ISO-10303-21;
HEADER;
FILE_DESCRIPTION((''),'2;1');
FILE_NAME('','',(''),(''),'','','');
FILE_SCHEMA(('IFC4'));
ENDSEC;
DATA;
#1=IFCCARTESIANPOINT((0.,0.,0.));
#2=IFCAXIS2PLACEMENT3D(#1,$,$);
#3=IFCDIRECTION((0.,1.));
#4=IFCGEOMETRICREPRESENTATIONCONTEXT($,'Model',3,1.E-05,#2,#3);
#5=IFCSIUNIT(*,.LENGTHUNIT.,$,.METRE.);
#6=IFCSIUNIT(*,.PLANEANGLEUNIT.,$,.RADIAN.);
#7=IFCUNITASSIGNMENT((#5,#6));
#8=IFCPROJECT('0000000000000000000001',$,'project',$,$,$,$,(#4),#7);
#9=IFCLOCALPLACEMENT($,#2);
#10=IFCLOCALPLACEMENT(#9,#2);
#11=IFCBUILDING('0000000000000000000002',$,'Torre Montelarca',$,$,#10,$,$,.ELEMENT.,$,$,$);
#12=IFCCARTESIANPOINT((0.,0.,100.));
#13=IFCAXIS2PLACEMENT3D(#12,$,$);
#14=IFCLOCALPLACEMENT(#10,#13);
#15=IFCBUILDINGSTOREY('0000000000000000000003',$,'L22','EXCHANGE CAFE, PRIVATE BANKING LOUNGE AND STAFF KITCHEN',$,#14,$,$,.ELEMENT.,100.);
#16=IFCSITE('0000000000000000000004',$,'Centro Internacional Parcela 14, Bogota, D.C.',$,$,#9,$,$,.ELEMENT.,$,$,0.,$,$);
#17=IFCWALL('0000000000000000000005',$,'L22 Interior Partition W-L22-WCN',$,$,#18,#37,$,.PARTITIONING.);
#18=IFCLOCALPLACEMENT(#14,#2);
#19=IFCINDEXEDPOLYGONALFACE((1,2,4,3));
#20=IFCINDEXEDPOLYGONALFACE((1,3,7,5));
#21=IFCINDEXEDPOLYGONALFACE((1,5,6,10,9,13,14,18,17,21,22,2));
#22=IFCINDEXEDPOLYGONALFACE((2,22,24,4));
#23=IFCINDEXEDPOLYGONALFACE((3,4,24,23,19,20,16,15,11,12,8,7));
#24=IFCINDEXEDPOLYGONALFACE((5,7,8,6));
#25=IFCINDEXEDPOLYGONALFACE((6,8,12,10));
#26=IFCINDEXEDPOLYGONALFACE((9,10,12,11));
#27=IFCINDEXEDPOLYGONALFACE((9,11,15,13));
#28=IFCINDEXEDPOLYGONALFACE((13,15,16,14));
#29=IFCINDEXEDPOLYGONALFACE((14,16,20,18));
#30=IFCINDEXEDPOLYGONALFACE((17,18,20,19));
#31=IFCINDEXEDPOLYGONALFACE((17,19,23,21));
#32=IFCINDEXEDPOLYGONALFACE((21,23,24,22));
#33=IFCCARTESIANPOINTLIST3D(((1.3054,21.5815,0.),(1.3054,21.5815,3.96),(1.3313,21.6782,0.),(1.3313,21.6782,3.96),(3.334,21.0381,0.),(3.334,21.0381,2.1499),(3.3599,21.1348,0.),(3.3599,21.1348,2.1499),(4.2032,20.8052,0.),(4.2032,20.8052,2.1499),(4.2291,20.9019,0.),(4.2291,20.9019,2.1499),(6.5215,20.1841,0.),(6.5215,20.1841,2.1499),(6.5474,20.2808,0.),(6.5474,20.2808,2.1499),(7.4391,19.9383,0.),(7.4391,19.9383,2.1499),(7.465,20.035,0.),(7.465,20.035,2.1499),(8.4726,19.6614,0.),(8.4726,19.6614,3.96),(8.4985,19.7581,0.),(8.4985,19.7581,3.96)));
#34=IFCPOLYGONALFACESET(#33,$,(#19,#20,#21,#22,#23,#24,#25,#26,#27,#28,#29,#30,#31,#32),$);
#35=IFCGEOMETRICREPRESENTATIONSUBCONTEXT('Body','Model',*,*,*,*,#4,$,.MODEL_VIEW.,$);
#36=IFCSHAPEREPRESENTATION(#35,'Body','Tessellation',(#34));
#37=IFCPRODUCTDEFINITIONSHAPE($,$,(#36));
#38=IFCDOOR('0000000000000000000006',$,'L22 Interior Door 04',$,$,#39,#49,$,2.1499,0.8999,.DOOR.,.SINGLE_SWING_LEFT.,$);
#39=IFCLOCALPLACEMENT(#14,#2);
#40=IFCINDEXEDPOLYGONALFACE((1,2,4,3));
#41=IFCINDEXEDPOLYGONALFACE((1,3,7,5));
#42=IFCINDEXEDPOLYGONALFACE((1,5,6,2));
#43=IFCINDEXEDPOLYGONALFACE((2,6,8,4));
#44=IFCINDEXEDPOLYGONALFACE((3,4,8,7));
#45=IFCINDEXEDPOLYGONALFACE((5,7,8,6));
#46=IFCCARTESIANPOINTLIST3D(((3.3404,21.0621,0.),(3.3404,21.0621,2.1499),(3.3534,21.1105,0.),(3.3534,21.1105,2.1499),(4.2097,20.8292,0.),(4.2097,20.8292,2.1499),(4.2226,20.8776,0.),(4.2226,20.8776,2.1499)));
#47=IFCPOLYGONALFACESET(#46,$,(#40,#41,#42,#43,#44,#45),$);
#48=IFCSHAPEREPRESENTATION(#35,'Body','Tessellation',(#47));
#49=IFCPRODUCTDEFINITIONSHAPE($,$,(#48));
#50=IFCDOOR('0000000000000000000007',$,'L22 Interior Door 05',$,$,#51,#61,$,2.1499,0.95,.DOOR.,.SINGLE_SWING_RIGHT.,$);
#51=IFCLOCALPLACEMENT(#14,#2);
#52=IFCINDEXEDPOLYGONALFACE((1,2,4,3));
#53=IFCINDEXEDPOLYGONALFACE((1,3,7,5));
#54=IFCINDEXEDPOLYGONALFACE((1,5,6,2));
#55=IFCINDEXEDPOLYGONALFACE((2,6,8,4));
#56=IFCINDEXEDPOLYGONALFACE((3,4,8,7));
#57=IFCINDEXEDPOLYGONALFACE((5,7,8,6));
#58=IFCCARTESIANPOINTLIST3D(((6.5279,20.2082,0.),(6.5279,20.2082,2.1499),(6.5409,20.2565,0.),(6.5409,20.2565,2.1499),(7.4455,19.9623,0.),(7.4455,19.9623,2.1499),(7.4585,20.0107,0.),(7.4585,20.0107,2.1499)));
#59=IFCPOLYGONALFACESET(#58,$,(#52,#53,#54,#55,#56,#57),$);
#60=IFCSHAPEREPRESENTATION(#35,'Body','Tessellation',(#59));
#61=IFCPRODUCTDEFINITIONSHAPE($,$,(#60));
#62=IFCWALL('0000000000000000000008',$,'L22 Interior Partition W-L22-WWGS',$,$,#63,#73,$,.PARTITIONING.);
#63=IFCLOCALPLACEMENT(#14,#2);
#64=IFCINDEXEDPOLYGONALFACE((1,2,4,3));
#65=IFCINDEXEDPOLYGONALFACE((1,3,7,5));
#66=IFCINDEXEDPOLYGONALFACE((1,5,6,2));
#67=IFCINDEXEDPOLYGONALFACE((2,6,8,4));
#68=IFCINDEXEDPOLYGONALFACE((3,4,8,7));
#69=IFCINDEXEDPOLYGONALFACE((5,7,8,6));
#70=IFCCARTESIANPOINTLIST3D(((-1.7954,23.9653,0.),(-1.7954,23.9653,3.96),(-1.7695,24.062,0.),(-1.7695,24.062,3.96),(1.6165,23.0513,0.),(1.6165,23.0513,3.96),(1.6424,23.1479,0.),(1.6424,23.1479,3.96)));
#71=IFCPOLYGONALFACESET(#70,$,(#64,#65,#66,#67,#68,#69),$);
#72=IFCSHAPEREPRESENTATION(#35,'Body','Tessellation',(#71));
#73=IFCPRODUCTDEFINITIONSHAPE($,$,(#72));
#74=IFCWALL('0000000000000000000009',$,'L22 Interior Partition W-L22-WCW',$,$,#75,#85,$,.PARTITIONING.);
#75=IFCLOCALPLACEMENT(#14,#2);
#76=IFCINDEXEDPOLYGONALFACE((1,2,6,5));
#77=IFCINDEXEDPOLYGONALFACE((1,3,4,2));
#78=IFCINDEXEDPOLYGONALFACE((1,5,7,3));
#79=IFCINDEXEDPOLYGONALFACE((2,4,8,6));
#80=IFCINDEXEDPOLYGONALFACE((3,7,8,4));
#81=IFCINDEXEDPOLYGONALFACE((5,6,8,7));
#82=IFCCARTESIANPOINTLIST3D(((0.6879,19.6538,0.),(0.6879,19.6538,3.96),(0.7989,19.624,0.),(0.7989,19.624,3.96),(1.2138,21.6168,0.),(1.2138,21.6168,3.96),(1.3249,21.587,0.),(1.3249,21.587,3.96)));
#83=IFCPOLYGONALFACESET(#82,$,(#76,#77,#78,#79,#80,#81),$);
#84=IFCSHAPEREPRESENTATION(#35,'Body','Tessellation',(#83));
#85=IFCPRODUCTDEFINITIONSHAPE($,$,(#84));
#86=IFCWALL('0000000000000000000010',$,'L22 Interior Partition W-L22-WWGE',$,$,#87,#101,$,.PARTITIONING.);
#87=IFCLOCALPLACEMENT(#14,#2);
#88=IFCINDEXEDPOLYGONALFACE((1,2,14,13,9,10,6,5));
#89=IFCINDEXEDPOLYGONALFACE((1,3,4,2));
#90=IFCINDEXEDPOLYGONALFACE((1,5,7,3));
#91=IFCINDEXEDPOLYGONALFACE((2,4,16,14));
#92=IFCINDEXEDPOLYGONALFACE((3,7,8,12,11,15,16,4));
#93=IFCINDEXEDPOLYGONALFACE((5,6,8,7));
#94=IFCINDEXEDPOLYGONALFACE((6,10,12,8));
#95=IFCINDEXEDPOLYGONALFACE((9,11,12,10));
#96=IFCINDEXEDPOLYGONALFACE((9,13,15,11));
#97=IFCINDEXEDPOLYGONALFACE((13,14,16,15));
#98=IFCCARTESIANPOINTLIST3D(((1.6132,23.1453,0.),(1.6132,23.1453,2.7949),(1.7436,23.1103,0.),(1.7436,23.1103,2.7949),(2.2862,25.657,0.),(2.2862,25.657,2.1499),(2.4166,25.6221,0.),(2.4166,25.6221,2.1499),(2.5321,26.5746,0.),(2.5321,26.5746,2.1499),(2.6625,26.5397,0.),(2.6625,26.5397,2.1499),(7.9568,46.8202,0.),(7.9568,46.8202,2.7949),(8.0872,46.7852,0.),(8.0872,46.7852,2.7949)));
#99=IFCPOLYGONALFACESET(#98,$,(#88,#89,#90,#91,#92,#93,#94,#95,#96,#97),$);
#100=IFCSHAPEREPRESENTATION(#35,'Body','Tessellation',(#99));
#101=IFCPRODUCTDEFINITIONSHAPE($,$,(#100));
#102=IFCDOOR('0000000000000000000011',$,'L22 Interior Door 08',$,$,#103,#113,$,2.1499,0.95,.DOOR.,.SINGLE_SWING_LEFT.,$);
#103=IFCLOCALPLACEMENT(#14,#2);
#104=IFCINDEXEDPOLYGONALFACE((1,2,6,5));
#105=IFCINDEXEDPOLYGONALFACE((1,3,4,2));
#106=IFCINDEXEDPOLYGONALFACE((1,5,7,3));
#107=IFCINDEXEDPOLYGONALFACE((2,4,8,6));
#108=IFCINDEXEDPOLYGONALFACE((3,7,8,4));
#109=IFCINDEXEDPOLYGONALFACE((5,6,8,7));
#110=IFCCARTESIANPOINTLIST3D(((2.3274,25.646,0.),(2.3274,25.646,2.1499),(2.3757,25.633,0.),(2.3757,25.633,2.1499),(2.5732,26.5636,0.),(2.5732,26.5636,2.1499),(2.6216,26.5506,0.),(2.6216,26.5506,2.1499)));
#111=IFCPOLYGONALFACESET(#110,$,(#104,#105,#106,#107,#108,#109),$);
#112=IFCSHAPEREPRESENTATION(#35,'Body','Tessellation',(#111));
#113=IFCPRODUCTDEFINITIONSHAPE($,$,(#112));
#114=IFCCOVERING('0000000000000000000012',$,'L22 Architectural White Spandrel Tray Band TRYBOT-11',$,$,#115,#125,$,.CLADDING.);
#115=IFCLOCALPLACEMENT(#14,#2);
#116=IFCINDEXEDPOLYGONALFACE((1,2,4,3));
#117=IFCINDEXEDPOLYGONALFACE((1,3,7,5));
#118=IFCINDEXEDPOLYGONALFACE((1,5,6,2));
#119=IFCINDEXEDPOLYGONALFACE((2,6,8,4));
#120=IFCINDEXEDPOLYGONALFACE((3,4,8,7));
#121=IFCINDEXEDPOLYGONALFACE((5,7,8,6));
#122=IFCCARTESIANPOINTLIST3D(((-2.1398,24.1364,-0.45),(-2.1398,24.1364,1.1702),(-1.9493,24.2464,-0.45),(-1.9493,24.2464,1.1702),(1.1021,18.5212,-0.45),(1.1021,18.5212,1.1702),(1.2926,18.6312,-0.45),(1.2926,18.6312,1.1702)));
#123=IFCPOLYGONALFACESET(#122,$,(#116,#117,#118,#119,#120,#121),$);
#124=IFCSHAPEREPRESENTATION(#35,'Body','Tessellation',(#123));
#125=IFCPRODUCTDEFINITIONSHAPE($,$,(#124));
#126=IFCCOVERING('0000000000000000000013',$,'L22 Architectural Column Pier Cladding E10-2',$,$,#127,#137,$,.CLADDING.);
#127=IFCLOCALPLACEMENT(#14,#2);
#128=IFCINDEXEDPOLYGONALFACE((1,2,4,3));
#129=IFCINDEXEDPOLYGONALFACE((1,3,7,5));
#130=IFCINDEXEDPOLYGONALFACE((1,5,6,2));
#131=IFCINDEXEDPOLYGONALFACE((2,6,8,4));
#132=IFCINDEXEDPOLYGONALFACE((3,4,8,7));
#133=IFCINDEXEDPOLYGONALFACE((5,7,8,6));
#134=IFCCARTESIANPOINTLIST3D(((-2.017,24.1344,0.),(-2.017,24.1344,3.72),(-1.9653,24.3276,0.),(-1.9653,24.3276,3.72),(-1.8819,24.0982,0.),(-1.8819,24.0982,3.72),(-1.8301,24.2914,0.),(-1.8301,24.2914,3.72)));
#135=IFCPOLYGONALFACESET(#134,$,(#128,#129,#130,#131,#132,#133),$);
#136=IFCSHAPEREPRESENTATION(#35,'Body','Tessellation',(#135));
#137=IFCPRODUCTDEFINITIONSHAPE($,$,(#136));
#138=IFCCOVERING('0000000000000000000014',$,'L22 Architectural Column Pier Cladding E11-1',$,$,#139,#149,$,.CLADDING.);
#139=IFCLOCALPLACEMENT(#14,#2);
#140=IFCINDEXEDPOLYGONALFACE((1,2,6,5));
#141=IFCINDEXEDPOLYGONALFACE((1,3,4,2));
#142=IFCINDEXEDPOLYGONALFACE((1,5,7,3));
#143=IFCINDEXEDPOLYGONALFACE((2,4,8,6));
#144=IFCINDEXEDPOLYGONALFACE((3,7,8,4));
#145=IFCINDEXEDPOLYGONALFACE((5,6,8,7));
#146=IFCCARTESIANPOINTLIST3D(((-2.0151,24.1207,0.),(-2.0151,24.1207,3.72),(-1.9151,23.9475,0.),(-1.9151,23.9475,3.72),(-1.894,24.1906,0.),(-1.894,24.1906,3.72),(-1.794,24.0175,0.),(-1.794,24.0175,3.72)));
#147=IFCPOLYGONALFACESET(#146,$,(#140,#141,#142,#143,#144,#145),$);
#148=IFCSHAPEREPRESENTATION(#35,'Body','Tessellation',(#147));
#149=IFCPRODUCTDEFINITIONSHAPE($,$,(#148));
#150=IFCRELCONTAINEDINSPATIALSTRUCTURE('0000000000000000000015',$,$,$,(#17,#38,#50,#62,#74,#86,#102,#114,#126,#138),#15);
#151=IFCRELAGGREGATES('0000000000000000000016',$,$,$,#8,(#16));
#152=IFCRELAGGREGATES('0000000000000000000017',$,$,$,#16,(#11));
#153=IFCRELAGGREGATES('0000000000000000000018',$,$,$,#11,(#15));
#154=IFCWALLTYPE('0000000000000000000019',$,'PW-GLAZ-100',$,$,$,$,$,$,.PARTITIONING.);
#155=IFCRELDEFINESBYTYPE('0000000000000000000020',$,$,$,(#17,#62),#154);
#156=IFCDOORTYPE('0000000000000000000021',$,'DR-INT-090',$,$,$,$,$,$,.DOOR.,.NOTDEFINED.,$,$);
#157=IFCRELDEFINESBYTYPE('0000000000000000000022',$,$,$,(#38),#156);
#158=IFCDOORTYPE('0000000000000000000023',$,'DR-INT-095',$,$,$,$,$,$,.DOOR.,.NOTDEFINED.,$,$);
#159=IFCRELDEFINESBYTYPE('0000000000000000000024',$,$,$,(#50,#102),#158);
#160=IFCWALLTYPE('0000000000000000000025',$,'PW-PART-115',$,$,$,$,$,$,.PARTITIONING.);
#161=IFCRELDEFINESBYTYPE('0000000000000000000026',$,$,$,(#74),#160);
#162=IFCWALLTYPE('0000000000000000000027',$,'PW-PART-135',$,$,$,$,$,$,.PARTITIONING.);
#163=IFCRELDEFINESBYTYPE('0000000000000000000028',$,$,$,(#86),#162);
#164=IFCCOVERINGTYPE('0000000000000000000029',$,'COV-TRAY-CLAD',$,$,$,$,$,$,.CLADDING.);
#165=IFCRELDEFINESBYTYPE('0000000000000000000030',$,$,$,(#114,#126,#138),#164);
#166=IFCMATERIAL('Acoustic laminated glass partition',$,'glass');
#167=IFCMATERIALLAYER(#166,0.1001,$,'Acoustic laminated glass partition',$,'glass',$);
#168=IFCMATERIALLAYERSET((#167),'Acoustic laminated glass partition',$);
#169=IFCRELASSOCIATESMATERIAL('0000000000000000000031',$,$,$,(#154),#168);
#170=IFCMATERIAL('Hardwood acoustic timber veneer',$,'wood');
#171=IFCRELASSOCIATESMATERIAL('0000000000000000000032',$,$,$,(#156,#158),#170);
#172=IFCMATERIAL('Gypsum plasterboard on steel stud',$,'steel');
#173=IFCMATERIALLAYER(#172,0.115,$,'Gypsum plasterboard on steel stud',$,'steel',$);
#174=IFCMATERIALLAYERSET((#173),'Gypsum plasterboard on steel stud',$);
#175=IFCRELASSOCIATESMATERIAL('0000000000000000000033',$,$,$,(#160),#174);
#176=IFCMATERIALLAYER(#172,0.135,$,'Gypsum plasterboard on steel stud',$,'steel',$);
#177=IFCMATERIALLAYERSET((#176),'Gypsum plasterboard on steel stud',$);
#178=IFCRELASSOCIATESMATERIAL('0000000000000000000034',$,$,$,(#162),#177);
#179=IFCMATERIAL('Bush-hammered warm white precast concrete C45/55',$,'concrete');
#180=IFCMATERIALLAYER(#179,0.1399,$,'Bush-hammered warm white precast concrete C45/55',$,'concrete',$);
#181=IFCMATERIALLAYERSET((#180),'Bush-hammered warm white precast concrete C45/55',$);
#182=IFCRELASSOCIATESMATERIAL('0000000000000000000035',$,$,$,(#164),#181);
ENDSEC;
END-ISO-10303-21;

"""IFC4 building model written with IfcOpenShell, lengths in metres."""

from ifc_helpers import new_model, si_unit, direction, frame, frame_2d, origin, origin_2d, place, context, subcontext, project, spatial, rectangle, extrude, source, transform, mapped, material, layer, layer_set, type_object, element, fill, save


model = new_model("IFC4")

# Units and contexts
model_context = context("Model", 3, precision=1e-05, world=origin(), true_north=direction((0.0, 1.0)))
body_context = subcontext(model_context, "Body", "Model", "MODEL_VIEW")
ifc_project = project(units=[si_unit("LENGTHUNIT", "METRE"), si_unit("PLANEANGLEUNIT", "RADIAN")], contexts=[model_context])

# Site, building, storey
site_placement = place(None, origin())
site = spatial("IfcSite", under=ifc_project, at=site_placement, Name="Centro Internacional Parcela 14, Bogota, D.C.", CompositionType="ELEMENT", RefElevation=0.0)
building_placement = place(site_placement, origin())
building = spatial("IfcBuilding", under=site, at=building_placement, Name="Torre Montelarca", CompositionType="ELEMENT")
storey_placement = place(building_placement, frame((0.0, 0.0, 100.0)))
storey = spatial("IfcBuildingStorey", under=building, at=storey_placement, Name="L22", Description="EXCHANGE CAFE, PRIVATE BANKING LOUNGE AND STAFF KITCHEN", CompositionType="ELEMENT", Elevation=100.0)

# Shared definitions
ifc_material_1 = material(Name="Gypsum plasterboard on steel stud", Category="steel")

# Wall, openings, doors
ifc_material_2 = material(Name="Acoustic laminated glass partition", Category="glass")
ifc_layer_1 = layer(ifc_material_2, 0.1001, Name="Acoustic laminated glass partition", Category="glass")
ifc_layer_set_1 = layer_set([ifc_layer_1], Name="Acoustic laminated glass partition")
wall_type_1 = type_object("IfcWallType", Name="PW-GLAZ-100", PredefinedType="PARTITIONING", material=ifc_layer_set_1)
wall_1_placement = place(storey_placement, frame((1.3184, 21.6299, 0.0), z_axis=(0.0, 0.0, 1.0), x_axis=(0.965936, -0.258783, 0.0)))
wall_1 = element("IfcWall", 1, at=wall_1_placement, inside=storey, type_object=wall_type_1, Name="L22 Interior Partition W-L22-WCN", PredefinedType="PARTITIONING", context=body_context, shape_type="SweptSolid", body=[
    extrude(rectangle(XDim=7.4199, YDim=0.1001, at=frame_2d((3.71, 0.0))), origin(), (0.0, 0.0, 1.0), 3.96),
])
opening_1_placement = place(wall_1_placement, frame((2.1001, 0.0, 0.0)))
opening_1 = element("IfcOpeningElement", 2, at=opening_1_placement, cuts=wall_1, PredefinedType="OPENING", context=body_context, shape_type="SweptSolid", body=[
    extrude(rectangle(XDim=0.8999, YDim=2.1499, at=frame_2d((0.45, 1.075))), frame((0.0, 0.0601, 0.0), z_axis=(0.0, -1.0, 0.0), x_axis=(1.0, 0.0, 0.0)), (0.0, 0.0, 1.0), 0.1201),
])
opening_2_placement = place(wall_1_placement, frame((5.3999, 0.0, 0.0)))
opening_2 = element("IfcOpeningElement", 3, at=opening_2_placement, cuts=wall_1, PredefinedType="OPENING", context=body_context, shape_type="SweptSolid", body=[
    extrude(rectangle(XDim=0.95, YDim=2.1499, at=frame_2d((0.4751, 1.075))), frame((0.0, 0.0601, 0.0), z_axis=(0.0, -1.0, 0.0), x_axis=(1.0, 0.0, 0.0)), (0.0, 0.0, 1.0), 0.1201),
])
ifc_material_3 = material(Name="Hardwood acoustic timber veneer", Category="wood")
door_type_1 = type_object("IfcDoorType", Name="DR-INT-090", OperationType="NOTDEFINED", PredefinedType="DOOR", material=ifc_material_3)
shared_shape_1 = source(origin(), body_context, "Body", "SweptSolid", [
    extrude(rectangle(XDim=0.8999, YDim=2.1499, at=frame_2d((0.45, 1.075))), frame((0.0, 0.0249, 0.0), z_axis=(0.0, -1.0, 0.0), x_axis=(1.0, 0.0, 0.0)), (0.0, 0.0, 1.0), 0.05),
])
door_1_placement = place(opening_1_placement, origin())
door_1 = element("IfcDoor", 4, at=door_1_placement, inside=storey, type_object=door_type_1, Name="L22 Interior Door 04", OperationType="SINGLE_SWING_LEFT", OverallHeight=2.1499, OverallWidth=0.8999, PredefinedType="DOOR", context=body_context, shape_type="MappedRepresentation", body=[
    mapped(shared_shape_1, transform((0.0, 0.0, 0.0), scale=1.0)),
])
fill(opening_1, door_1)
door_type_2 = type_object("IfcDoorType", Name="DR-INT-095", OperationType="NOTDEFINED", PredefinedType="DOOR", material=ifc_material_3)
shared_shape_2 = source(origin(), body_context, "Body", "SweptSolid", [
    extrude(rectangle(XDim=0.95, YDim=2.1499, at=frame_2d((0.4751, 1.075))), frame((0.0, 0.0249, 0.0), z_axis=(0.0, -1.0, 0.0), x_axis=(1.0, 0.0, 0.0)), (0.0, 0.0, 1.0), 0.05),
])
door_2_placement = place(opening_2_placement, origin())
door_2 = element("IfcDoor", 5, at=door_2_placement, inside=storey, type_object=door_type_2, Name="L22 Interior Door 05", OperationType="SINGLE_SWING_RIGHT", OverallHeight=2.1499, OverallWidth=0.95, PredefinedType="DOOR", context=body_context, shape_type="MappedRepresentation", body=[
    mapped(shared_shape_2, transform((0.0, 0.0, 0.0), scale=1.0)),
])
fill(opening_2, door_2)

# Walls
wall_2_placement = place(storey_placement, frame((-1.7825, 24.0137, 0.0), z_axis=(0.0, 0.0, 1.0), x_axis=(0.965936, -0.258781, 0.0)))
element("IfcWall", 6, at=wall_2_placement, inside=storey, type_object=wall_type_1, Name="L22 Interior Partition W-L22-WWGS", PredefinedType="PARTITIONING", context=body_context, shape_type="SweptSolid", body=[
    extrude(rectangle(XDim=3.5322, YDim=0.1001, at=frame_2d((1.7661, 0.0))), origin(), (0.0, 0.0, 1.0), 3.96),
])
ifc_layer_2 = layer(ifc_material_1, 0.115, Name="Gypsum plasterboard on steel stud", Category="steel")
ifc_layer_set_2 = layer_set([ifc_layer_2], Name="Gypsum plasterboard on steel stud")
wall_type_2 = type_object("IfcWallType", Name="PW-PART-115", PredefinedType="PARTITIONING", material=ifc_layer_set_2)
wall_3_placement = place(storey_placement, frame((0.7434, 19.6389, 0.0), z_axis=(0.0, 0.0, 1.0), x_axis=(0.258784, 0.965935, 0.0)))
element("IfcWall", 7, at=wall_3_placement, inside=storey, type_object=wall_type_2, Name="L22 Interior Partition W-L22-WCW", PredefinedType="PARTITIONING", context=body_context, shape_type="SweptSolid", body=[
    extrude(rectangle(XDim=2.0322, YDim=0.115, at=frame_2d((1.0161, 0.0))), origin(), (0.0, 0.0, 1.0), 3.96),
])

# Wall, opening, door
ifc_layer_3 = layer(ifc_material_1, 0.135, Name="Gypsum plasterboard on steel stud", Category="steel")
ifc_layer_set_3 = layer_set([ifc_layer_3], Name="Gypsum plasterboard on steel stud")
wall_type_3 = type_object("IfcWallType", Name="PW-PART-135", PredefinedType="PARTITIONING", material=ifc_layer_set_3)
wall_4_placement = place(storey_placement, frame((1.6785, 23.1279, 0.0), z_axis=(0.0, 0.0, 1.0), x_axis=(0.258814, 0.965927, 0.0)))
wall_4 = element("IfcWall", 8, at=wall_4_placement, inside=storey, type_object=wall_type_3, Name="L22 Interior Partition W-L22-WWGE", PredefinedType="PARTITIONING", context=body_context, shape_type="SweptSolid", body=[
    extrude(rectangle(XDim=24.51, YDim=0.135, at=frame_2d((12.2549, 0.0))), origin(), (0.0, 0.0, 1.0), 2.7949),
])
opening_3_placement = place(wall_4_placement, frame((2.6001, 0.0, 0.0)))
opening_3 = element("IfcOpeningElement", 9, at=opening_3_placement, cuts=wall_4, PredefinedType="OPENING", context=body_context, shape_type="SweptSolid", body=[
    extrude(rectangle(XDim=0.95, YDim=2.1499, at=frame_2d((0.4751, 1.075))), frame((0.0, 0.0776, 0.0), z_axis=(0.0, -1.0, 0.0), x_axis=(1.0, 0.0, 0.0)), (0.0, 0.0, 1.0), 0.155),
])
door_3_placement = place(opening_3_placement, origin())
door_3 = element("IfcDoor", 10, at=door_3_placement, inside=storey, type_object=door_type_2, Name="L22 Interior Door 08", OperationType="SINGLE_SWING_LEFT", OverallHeight=2.1499, OverallWidth=0.95, PredefinedType="DOOR", context=body_context, shape_type="MappedRepresentation", body=[
    mapped(shared_shape_2, transform((0.0, 0.0, 0.0), scale=1.0)),
])
fill(opening_3, door_3)

# Coverings
ifc_material_4 = material(Name="Bush-hammered warm white precast concrete C45/55", Category="concrete")
ifc_layer_4 = layer(ifc_material_4, 0.1399, Name="Bush-hammered warm white precast concrete C45/55", Category="concrete")
ifc_layer_set_4 = layer_set([ifc_layer_4], Name="Bush-hammered warm white precast concrete C45/55")
covering_type = type_object("IfcCoveringType", Name="COV-TRAY-CLAD", PredefinedType="CLADDING", material=ifc_layer_set_4)
shared_shape_3 = source(origin(), body_context, "Body", "SweptSolid", [
    extrude(rectangle(XDim=6.4839, YDim=0.22, at=origin_2d()), origin(), (0.0, 0.0, 1.0), 1.6201),
])
covering_placement = place(storey_placement, frame((-0.4236, 21.3838, -0.45), z_axis=(0.0, 0.0, 1.0), x_axis=(0.499998, -0.866026, 0.0)))
element("IfcCovering", 11, at=covering_placement, inside=storey, type_object=covering_type, Name="L22 Architectural White Spandrel Tray Band TRYBOT-11", PredefinedType="CLADDING", context=body_context, shape_type="MappedRepresentation", body=[
    mapped(shared_shape_3, transform((0.0, 0.0, 0.0), scale=1.0)),
])
shared_shape_4 = source(origin(), body_context, "Body", "SweptSolid", [
    extrude(rectangle(XDim=0.2, YDim=0.1399, at=origin_2d()), origin(), (0.0, 0.0, 1.0), 3.72),
])
for number, where, z_axis, x_axis, name in (
    (12, (-1.9236, 24.2129, 0.0), (0.0, 0.0, 1.0), (-0.258819, -0.965926, 0.0), "L22 Architectural Column Pier Cladding E10-2"),
    (13, (-1.9045, 24.0691, 0.0), (0.0, 0.0, 1.0), (0.500002, -0.866025, 0.0), "L22 Architectural Column Pier Cladding E11-1"),
):
    element("IfcCovering", number, at=place(storey_placement, frame(where, z_axis=z_axis, x_axis=x_axis)), inside=storey, type_object=covering_type, Name=name, PredefinedType="CLADDING", context=body_context, shape_type="MappedRepresentation", body=[
        mapped(shared_shape_4, transform((0.0, 0.0, 0.0), scale=1.0)),
    ])

save(model, "model.ifc")
